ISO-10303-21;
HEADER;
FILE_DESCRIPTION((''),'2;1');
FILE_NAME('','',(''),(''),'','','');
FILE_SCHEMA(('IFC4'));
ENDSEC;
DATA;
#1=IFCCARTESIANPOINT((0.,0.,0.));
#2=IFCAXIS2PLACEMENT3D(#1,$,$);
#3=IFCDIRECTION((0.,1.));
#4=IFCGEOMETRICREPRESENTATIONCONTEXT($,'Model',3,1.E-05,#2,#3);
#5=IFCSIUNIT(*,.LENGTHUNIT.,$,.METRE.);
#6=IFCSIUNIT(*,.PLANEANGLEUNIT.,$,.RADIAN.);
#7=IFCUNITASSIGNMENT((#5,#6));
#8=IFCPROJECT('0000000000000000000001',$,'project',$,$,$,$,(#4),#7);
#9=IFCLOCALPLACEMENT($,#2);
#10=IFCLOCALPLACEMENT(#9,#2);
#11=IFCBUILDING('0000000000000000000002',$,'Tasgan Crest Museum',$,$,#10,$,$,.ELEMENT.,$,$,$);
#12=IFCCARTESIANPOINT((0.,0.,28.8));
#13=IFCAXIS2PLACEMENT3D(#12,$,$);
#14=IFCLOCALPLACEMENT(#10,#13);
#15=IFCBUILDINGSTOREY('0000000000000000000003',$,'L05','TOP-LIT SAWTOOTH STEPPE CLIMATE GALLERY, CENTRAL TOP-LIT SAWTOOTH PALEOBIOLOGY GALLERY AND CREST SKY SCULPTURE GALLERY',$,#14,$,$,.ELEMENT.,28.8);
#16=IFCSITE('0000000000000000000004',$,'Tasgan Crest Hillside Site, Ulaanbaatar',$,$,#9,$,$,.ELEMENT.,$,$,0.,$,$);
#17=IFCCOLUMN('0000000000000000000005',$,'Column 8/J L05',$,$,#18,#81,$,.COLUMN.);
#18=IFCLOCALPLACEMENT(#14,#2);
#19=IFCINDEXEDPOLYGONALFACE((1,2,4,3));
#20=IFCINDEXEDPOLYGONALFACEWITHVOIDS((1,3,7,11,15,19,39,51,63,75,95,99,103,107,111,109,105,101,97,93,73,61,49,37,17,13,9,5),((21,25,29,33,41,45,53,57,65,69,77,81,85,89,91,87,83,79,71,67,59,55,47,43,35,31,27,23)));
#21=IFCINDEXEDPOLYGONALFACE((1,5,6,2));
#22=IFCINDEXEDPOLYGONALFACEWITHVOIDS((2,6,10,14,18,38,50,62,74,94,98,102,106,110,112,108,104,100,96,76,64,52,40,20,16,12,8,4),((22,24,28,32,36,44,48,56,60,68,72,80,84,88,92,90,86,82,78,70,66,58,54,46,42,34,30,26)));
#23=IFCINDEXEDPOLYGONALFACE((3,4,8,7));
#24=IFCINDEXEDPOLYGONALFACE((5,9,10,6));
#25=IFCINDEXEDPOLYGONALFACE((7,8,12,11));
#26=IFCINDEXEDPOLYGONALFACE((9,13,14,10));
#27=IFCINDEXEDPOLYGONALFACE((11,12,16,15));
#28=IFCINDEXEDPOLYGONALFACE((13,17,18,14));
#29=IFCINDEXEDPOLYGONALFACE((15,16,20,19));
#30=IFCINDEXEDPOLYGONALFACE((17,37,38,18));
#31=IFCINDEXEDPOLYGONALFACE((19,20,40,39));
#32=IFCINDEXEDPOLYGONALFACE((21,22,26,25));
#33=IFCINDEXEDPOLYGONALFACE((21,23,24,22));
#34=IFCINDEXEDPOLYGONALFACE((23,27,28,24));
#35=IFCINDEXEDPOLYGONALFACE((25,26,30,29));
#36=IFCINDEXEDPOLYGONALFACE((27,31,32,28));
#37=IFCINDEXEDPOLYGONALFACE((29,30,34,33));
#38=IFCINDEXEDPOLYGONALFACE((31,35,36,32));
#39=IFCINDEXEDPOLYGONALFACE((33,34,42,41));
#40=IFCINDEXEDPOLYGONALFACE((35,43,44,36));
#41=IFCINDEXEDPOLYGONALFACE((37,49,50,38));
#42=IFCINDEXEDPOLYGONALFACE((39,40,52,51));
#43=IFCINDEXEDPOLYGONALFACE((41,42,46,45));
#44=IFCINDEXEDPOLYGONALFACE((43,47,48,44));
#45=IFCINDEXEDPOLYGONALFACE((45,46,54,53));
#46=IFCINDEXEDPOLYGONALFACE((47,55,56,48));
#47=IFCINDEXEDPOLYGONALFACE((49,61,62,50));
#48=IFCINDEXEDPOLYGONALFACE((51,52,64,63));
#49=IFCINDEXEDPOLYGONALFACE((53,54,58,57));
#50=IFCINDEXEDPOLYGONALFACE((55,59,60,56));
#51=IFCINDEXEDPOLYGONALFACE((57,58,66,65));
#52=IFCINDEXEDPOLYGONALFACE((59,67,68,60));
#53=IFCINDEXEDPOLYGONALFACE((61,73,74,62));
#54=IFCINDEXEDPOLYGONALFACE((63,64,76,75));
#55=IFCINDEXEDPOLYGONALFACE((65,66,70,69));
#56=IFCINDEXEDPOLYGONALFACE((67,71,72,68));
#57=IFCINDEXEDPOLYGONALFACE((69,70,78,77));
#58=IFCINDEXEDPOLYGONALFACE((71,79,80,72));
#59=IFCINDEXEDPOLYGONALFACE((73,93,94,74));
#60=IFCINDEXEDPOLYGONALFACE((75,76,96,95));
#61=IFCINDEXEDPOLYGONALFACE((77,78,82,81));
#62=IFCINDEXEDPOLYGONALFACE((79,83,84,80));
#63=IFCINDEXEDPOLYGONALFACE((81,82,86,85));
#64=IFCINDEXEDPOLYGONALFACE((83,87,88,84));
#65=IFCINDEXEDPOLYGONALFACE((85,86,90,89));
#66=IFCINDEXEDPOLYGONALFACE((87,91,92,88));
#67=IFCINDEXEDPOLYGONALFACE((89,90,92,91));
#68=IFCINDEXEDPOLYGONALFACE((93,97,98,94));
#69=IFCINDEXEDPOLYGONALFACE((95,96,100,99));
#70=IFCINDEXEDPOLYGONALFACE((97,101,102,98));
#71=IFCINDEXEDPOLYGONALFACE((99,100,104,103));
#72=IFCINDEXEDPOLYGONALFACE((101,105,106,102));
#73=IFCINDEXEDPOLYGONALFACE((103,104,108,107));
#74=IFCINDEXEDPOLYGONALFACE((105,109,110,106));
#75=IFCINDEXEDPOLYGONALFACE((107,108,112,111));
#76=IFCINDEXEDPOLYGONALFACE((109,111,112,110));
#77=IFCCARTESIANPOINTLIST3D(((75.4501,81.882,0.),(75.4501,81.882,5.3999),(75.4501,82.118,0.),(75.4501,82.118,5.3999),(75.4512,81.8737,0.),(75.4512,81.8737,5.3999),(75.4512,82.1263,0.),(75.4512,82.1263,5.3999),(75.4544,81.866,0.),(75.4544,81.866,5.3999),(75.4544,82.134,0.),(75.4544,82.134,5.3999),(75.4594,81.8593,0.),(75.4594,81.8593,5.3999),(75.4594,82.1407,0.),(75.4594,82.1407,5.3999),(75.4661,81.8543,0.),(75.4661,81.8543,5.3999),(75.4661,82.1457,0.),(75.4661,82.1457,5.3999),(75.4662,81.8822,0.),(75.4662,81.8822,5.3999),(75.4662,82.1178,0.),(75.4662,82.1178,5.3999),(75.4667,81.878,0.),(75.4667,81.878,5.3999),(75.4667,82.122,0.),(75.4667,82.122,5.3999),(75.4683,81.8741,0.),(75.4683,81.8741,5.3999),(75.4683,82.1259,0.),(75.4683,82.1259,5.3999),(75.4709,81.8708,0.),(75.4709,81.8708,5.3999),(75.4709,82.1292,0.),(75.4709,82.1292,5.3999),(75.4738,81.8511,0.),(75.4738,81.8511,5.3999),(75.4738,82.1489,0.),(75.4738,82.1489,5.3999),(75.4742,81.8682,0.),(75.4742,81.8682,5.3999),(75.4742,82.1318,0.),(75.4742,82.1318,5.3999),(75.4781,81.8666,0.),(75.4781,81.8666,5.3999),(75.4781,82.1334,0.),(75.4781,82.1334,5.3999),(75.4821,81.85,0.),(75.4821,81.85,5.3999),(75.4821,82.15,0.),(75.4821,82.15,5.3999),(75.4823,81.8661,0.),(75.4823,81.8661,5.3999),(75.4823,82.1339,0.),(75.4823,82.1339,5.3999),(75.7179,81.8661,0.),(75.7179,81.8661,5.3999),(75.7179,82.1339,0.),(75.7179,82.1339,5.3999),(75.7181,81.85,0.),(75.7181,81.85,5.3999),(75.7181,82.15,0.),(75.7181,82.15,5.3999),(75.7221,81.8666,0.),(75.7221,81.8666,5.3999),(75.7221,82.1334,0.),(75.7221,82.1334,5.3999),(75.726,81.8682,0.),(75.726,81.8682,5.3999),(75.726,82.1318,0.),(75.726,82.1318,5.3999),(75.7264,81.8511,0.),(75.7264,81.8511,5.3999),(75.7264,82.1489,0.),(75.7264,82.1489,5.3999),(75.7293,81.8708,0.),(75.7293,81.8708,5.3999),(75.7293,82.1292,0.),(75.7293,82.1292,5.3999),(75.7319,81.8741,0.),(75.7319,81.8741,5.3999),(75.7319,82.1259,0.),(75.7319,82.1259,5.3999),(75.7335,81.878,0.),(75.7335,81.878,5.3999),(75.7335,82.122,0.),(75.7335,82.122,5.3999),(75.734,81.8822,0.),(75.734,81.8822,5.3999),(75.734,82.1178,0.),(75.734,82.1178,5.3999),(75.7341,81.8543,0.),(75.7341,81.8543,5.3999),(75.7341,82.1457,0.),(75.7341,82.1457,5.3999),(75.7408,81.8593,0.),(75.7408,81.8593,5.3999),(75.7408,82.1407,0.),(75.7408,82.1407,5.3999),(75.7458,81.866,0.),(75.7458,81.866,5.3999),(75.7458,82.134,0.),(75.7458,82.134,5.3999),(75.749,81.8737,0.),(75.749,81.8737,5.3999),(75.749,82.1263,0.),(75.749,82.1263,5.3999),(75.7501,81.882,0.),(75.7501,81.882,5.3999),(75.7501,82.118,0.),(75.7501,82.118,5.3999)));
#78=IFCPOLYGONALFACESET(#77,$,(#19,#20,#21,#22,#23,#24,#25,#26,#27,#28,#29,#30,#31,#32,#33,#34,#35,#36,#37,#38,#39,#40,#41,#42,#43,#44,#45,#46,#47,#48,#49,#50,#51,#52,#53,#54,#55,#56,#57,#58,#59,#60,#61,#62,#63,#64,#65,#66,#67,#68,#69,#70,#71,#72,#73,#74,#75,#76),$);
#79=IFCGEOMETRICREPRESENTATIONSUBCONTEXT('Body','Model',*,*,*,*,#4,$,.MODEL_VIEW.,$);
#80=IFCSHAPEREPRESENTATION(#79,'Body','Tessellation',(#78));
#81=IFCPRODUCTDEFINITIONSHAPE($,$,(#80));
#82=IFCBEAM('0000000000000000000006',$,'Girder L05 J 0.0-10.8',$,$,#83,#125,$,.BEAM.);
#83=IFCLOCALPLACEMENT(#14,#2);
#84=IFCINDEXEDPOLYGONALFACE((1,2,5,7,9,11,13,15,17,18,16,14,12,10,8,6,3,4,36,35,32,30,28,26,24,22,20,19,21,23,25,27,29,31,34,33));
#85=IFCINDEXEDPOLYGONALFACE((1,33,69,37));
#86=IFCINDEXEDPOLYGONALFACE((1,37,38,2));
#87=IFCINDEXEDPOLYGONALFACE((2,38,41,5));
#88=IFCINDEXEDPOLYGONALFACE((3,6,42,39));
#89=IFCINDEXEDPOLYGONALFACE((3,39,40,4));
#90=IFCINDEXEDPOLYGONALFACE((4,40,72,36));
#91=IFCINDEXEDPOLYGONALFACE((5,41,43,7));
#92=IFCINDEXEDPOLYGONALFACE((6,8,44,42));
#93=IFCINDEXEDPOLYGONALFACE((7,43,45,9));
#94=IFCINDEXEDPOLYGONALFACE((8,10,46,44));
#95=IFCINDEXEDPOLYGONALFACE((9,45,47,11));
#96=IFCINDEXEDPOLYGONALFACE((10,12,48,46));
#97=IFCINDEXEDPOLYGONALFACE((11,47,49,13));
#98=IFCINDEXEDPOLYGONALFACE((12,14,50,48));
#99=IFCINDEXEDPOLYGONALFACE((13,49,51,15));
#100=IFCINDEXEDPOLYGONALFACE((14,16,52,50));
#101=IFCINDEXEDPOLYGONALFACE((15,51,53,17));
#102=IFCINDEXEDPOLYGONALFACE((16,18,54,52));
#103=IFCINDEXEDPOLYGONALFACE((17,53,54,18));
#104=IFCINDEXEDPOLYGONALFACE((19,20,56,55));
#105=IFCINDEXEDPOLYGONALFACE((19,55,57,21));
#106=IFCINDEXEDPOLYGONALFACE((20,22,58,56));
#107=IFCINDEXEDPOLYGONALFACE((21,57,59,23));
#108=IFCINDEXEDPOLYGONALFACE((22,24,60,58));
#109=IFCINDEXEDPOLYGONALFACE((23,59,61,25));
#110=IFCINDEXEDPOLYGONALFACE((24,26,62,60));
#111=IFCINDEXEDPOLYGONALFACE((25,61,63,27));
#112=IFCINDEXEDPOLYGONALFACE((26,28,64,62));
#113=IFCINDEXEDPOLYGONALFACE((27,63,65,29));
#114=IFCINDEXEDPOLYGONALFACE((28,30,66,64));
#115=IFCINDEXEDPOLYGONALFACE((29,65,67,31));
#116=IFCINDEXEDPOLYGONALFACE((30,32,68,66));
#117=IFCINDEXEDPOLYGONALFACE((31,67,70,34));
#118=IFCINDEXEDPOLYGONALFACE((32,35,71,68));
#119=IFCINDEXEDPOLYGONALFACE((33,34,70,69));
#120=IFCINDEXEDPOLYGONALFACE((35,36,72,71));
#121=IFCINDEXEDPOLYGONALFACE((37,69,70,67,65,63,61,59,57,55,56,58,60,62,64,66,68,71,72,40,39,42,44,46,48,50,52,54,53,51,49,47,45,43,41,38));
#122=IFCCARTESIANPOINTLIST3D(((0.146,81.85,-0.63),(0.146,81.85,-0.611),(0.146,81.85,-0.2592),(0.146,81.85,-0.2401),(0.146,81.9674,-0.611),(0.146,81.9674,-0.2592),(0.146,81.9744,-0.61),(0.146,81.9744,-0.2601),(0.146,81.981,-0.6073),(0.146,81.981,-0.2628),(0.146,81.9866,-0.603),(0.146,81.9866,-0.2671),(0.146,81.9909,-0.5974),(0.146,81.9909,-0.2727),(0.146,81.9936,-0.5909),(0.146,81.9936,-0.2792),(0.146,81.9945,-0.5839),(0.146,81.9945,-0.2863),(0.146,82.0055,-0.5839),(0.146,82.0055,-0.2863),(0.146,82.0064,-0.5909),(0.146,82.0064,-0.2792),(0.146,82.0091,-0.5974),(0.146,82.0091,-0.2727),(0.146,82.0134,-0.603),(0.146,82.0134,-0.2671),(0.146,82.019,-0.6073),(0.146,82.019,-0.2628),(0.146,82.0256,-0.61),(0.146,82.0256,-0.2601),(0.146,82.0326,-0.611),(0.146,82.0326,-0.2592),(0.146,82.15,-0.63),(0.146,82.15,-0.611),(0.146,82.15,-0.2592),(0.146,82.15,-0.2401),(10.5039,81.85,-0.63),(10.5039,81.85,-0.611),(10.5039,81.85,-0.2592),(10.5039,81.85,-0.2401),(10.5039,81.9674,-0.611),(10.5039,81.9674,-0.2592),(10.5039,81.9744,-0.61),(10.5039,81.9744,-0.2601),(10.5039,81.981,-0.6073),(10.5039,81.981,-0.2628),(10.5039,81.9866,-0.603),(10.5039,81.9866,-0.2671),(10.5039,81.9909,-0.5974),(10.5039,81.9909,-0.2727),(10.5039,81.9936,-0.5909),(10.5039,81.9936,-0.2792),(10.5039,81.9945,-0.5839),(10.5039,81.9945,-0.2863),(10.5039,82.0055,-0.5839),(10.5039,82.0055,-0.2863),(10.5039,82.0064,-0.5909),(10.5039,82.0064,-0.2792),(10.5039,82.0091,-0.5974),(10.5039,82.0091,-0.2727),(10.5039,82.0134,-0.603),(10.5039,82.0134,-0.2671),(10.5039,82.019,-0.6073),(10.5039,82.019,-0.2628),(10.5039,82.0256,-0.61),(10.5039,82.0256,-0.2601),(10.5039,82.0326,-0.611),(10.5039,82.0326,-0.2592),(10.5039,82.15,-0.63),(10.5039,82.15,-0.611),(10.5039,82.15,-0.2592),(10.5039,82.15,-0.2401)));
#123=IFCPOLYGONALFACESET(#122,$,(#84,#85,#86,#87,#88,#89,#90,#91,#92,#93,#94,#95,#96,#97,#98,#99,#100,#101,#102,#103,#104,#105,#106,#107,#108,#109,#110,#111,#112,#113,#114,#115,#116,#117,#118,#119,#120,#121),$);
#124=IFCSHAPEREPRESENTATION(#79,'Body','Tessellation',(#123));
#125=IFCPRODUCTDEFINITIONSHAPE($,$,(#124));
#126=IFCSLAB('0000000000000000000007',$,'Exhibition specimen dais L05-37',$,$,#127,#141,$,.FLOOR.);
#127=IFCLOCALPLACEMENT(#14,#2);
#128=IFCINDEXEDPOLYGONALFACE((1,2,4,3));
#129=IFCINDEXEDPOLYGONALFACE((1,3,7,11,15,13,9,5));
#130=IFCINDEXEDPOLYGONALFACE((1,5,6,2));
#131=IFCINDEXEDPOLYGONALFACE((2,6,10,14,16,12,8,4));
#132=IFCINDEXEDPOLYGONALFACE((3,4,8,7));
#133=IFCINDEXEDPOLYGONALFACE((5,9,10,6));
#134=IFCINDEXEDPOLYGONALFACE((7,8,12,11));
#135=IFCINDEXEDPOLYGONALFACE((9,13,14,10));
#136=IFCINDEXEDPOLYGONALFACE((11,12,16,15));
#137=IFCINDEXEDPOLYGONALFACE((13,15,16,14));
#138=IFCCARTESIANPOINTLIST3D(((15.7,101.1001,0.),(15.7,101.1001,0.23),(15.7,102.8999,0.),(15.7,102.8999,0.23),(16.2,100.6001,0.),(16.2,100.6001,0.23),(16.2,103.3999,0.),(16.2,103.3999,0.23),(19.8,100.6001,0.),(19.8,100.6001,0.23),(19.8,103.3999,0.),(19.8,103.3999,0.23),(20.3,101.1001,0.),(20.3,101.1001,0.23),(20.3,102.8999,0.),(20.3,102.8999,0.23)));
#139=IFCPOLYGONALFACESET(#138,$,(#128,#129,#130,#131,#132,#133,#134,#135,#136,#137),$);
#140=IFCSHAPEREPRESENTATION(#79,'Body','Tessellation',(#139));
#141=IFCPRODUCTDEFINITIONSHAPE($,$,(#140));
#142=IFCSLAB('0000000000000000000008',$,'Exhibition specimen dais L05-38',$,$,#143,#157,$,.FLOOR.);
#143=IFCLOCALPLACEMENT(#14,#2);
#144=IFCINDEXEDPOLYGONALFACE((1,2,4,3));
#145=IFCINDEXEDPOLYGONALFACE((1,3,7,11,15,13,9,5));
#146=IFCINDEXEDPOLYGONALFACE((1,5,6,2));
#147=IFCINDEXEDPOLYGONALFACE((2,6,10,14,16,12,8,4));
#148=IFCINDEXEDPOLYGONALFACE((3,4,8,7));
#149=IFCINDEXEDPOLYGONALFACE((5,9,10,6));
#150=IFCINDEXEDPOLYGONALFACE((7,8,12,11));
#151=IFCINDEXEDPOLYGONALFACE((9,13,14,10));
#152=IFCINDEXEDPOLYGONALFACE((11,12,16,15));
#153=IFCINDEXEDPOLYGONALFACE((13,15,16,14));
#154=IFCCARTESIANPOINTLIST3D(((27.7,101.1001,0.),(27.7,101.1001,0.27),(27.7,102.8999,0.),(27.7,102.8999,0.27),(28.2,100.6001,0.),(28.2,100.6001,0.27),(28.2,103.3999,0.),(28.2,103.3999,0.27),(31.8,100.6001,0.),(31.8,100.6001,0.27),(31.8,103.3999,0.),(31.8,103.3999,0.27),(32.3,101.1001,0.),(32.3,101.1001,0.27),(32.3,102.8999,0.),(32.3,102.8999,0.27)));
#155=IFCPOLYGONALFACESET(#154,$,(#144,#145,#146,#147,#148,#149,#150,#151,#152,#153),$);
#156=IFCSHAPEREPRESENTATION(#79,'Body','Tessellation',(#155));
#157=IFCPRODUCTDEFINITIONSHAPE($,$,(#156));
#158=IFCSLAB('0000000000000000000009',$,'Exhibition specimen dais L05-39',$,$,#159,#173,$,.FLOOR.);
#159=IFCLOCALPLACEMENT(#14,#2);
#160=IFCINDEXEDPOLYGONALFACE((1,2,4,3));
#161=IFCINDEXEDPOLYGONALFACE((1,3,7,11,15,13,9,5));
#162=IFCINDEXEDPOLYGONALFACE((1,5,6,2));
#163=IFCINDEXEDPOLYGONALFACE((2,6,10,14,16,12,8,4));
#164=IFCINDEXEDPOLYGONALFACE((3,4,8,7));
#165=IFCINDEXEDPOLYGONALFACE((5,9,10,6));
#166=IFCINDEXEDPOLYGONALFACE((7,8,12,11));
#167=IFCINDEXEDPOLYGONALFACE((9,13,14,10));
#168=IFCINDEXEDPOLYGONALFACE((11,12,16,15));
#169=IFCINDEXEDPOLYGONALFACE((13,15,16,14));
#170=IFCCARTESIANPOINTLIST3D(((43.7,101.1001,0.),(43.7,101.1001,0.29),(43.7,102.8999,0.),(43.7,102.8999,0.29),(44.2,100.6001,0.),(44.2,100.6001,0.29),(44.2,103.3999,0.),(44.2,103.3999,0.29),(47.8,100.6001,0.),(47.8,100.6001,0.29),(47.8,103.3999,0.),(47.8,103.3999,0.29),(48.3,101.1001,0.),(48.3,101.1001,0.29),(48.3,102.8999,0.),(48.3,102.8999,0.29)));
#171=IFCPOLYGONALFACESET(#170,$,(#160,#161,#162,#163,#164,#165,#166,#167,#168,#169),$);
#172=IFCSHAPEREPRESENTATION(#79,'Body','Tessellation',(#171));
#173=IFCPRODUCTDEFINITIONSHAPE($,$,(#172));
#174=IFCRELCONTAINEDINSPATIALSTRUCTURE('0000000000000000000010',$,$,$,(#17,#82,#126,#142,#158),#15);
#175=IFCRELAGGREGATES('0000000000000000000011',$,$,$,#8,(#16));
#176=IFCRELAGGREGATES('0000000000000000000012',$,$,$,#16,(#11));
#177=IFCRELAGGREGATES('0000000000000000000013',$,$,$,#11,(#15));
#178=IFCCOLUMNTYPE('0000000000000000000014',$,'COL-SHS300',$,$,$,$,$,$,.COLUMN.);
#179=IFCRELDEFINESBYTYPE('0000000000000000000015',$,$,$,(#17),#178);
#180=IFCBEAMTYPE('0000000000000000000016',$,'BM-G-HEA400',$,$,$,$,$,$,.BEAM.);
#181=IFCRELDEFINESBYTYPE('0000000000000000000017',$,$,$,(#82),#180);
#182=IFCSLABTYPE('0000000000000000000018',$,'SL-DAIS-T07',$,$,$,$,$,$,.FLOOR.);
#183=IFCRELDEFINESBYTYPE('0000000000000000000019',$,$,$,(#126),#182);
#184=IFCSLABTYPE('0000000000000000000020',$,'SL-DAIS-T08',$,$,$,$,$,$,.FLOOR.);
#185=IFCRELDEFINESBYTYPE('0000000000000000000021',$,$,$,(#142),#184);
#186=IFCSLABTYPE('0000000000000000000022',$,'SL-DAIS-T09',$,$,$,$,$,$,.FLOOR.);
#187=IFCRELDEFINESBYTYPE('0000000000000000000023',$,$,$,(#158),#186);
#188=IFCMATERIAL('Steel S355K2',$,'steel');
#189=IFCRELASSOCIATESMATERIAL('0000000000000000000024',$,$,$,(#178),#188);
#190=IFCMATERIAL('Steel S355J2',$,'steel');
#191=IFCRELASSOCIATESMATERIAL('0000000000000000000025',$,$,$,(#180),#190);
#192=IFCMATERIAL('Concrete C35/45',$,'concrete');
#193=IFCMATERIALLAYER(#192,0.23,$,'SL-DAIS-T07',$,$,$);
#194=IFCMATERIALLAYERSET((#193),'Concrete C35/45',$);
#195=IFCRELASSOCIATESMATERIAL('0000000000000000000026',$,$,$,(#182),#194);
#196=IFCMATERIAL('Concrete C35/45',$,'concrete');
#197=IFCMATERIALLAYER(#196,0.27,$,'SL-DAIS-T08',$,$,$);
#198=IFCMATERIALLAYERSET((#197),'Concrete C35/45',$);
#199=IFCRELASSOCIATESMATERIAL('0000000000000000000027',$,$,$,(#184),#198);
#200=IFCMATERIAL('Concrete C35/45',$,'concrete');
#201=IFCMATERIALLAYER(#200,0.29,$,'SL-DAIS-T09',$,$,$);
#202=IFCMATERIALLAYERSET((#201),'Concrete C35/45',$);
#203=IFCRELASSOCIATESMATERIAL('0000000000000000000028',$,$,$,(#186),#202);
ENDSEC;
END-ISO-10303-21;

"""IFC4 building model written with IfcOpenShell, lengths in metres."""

from ifc_helpers import new_model, si_unit, direction, frame, origin, origin_2d, place, context, subcontext, project, spatial, polyline, hollow_rectangle, i_section, outline, extrude, material, layer, layer_set, material_profile, profile_set, type_object, element, save


model = new_model("IFC4")

# Units and contexts
model_context = context("Model", 3, precision=1e-05, world=origin(), true_north=direction((0.0, 1.0)))
body_context = subcontext(model_context, "Body", "Model", "MODEL_VIEW")
ifc_project = project(units=[si_unit("LENGTHUNIT", "METRE"), si_unit("PLANEANGLEUNIT", "RADIAN")], contexts=[model_context])

# Site, building, storey
site_placement = place(None, origin())
site = spatial("IfcSite", under=ifc_project, at=site_placement, Name="Tasgan Crest Hillside Site, Ulaanbaatar", CompositionType="ELEMENT", RefElevation=0.0)
building_placement = place(site_placement, origin())
building = spatial("IfcBuilding", under=site, at=building_placement, Name="Tasgan Crest Museum", CompositionType="ELEMENT")
storey_placement = place(building_placement, frame((0.0, 0.0, 28.8)))
storey = spatial("IfcBuildingStorey", under=building, at=storey_placement, Name="L05", Description="TOP-LIT SAWTOOTH STEPPE CLIMATE GALLERY, CENTRAL TOP-LIT SAWTOOTH PALEOBIOLOGY GALLERY AND CREST SKY SCULPTURE GALLERY", CompositionType="ELEMENT", Elevation=28.8)

# Column
ifc_material_1 = material(Name="Steel S355K2", Category="steel")
ifc_material_profile_1 = material_profile(ifc_material_1, hollow_rectangle(XDim=0.3, YDim=0.3, WallThickness=0.0161, InnerFilletRadius=0.0161, OuterFilletRadius=0.032, at=origin_2d()), Name="SHS 300x300x16")
ifc_profile_set_1 = profile_set([ifc_material_profile_1], Name="Steel S355K2")
column_type_1 = type_object("IfcColumnType", Name="COL-SHS300", PredefinedType="COLUMN", material=ifc_profile_set_1)
column_1_placement = place(storey_placement, frame((75.6001, 82.0, 0.0), z_axis=(0.0, 0.0, 1.0), x_axis=(1.0, 0.0, 0.0)))
element("IfcColumn", 1, at=column_1_placement, inside=storey, type_object=column_type_1, Name="Column 8/J L05", PredefinedType="COLUMN", context=body_context, shape_type="SweptSolid", body=[
    extrude(hollow_rectangle(XDim=0.3, YDim=0.3, WallThickness=0.0161, InnerFilletRadius=0.0161, OuterFilletRadius=0.032, at=origin_2d()), origin(), (0.0, 0.0, 1.0), 5.3999),
])

# Beam
ifc_material_2 = material(Name="Steel S355J2", Category="steel")
ifc_material_profile_2 = material_profile(ifc_material_2, i_section(OverallWidth=0.3, OverallDepth=0.3899, WebThickness=0.011, FlangeThickness=0.019, FilletRadius=0.0271, at=origin_2d()), Name="HEA 400")
ifc_profile_set_2 = profile_set([ifc_material_profile_2], Name="Steel S355J2")
beam_type = type_object("IfcBeamType", Name="BM-G-HEA400", PredefinedType="BEAM", material=ifc_profile_set_2)
beam_placement = place(storey_placement, frame((0.146, 82.0, -0.4351), z_axis=(1.0, 0.0, 0.0), x_axis=(0.0, 1.0, 0.0)))
element("IfcBeam", 2, at=beam_placement, inside=storey, type_object=beam_type, Name="Girder L05 J 0.0-10.8", PredefinedType="BEAM", context=body_context, shape_type="SweptSolid", body=[
    extrude(i_section(OverallWidth=0.3, OverallDepth=0.3899, WebThickness=0.011, FlangeThickness=0.019, FilletRadius=0.0271, at=origin_2d()), origin(), (0.0, 0.0, 1.0), 10.3579),
])

# Slabs
ifc_material_3 = material(Name="Concrete C35/45", Category="concrete")
ifc_layer_1 = layer(ifc_material_3, 0.23, Name="SL-DAIS-T07")
ifc_layer_set_1 = layer_set([ifc_layer_1], Name="Concrete C35/45")
slab_type_1 = type_object("IfcSlabType", Name="SL-DAIS-T07", PredefinedType="FLOOR", material=ifc_layer_set_1)
slab_1_placement = place(storey_placement, origin())
element("IfcSlab", 3, at=slab_1_placement, inside=storey, type_object=slab_type_1, Name="Exhibition specimen dais L05-37", PredefinedType="FLOOR", context=body_context, shape_type="SweptSolid", body=[
    extrude(outline(polyline([(16.2, 100.6001), (19.8, 100.6001), (20.3, 101.1001), (20.3, 102.8999), (19.8, 103.3999), (16.2, 103.3999), (15.7, 102.8999), (15.7, 101.1001), (16.2, 100.6001)])), origin(), (0.0, 0.0, 1.0), 0.23),
])
ifc_material_4 = material(Name="Concrete C35/45", Category="concrete")
ifc_layer_2 = layer(ifc_material_4, 0.27, Name="SL-DAIS-T08")
ifc_layer_set_2 = layer_set([ifc_layer_2], Name="Concrete C35/45")
slab_type_2 = type_object("IfcSlabType", Name="SL-DAIS-T08", PredefinedType="FLOOR", material=ifc_layer_set_2)
slab_2_placement = place(storey_placement, origin())
element("IfcSlab", 4, at=slab_2_placement, inside=storey, type_object=slab_type_2, Name="Exhibition specimen dais L05-38", PredefinedType="FLOOR", context=body_context, shape_type="SweptSolid", body=[
    extrude(outline(polyline([(28.2, 100.6001), (31.8, 100.6001), (32.3, 101.1001), (32.3, 102.8999), (31.8, 103.3999), (28.2, 103.3999), (27.7, 102.8999), (27.7, 101.1001), (28.2, 100.6001)])), origin(), (0.0, 0.0, 1.0), 0.27),
])
ifc_material_5 = material(Name="Concrete C35/45", Category="concrete")
ifc_layer_3 = layer(ifc_material_5, 0.29, Name="SL-DAIS-T09")
ifc_layer_set_3 = layer_set([ifc_layer_3], Name="Concrete C35/45")
slab_type_3 = type_object("IfcSlabType", Name="SL-DAIS-T09", PredefinedType="FLOOR", material=ifc_layer_set_3)
slab_3_placement = place(storey_placement, origin())
element("IfcSlab", 5, at=slab_3_placement, inside=storey, type_object=slab_type_3, Name="Exhibition specimen dais L05-39", PredefinedType="FLOOR", context=body_context, shape_type="SweptSolid", body=[
    extrude(outline(polyline([(44.2, 100.6001), (47.8, 100.6001), (48.3, 101.1001), (48.3, 102.8999), (47.8, 103.3999), (44.2, 103.3999), (43.7, 102.8999), (43.7, 101.1001), (44.2, 100.6001)])), origin(), (0.0, 0.0, 1.0), 0.29),
])

save(model, "model.ifc")
